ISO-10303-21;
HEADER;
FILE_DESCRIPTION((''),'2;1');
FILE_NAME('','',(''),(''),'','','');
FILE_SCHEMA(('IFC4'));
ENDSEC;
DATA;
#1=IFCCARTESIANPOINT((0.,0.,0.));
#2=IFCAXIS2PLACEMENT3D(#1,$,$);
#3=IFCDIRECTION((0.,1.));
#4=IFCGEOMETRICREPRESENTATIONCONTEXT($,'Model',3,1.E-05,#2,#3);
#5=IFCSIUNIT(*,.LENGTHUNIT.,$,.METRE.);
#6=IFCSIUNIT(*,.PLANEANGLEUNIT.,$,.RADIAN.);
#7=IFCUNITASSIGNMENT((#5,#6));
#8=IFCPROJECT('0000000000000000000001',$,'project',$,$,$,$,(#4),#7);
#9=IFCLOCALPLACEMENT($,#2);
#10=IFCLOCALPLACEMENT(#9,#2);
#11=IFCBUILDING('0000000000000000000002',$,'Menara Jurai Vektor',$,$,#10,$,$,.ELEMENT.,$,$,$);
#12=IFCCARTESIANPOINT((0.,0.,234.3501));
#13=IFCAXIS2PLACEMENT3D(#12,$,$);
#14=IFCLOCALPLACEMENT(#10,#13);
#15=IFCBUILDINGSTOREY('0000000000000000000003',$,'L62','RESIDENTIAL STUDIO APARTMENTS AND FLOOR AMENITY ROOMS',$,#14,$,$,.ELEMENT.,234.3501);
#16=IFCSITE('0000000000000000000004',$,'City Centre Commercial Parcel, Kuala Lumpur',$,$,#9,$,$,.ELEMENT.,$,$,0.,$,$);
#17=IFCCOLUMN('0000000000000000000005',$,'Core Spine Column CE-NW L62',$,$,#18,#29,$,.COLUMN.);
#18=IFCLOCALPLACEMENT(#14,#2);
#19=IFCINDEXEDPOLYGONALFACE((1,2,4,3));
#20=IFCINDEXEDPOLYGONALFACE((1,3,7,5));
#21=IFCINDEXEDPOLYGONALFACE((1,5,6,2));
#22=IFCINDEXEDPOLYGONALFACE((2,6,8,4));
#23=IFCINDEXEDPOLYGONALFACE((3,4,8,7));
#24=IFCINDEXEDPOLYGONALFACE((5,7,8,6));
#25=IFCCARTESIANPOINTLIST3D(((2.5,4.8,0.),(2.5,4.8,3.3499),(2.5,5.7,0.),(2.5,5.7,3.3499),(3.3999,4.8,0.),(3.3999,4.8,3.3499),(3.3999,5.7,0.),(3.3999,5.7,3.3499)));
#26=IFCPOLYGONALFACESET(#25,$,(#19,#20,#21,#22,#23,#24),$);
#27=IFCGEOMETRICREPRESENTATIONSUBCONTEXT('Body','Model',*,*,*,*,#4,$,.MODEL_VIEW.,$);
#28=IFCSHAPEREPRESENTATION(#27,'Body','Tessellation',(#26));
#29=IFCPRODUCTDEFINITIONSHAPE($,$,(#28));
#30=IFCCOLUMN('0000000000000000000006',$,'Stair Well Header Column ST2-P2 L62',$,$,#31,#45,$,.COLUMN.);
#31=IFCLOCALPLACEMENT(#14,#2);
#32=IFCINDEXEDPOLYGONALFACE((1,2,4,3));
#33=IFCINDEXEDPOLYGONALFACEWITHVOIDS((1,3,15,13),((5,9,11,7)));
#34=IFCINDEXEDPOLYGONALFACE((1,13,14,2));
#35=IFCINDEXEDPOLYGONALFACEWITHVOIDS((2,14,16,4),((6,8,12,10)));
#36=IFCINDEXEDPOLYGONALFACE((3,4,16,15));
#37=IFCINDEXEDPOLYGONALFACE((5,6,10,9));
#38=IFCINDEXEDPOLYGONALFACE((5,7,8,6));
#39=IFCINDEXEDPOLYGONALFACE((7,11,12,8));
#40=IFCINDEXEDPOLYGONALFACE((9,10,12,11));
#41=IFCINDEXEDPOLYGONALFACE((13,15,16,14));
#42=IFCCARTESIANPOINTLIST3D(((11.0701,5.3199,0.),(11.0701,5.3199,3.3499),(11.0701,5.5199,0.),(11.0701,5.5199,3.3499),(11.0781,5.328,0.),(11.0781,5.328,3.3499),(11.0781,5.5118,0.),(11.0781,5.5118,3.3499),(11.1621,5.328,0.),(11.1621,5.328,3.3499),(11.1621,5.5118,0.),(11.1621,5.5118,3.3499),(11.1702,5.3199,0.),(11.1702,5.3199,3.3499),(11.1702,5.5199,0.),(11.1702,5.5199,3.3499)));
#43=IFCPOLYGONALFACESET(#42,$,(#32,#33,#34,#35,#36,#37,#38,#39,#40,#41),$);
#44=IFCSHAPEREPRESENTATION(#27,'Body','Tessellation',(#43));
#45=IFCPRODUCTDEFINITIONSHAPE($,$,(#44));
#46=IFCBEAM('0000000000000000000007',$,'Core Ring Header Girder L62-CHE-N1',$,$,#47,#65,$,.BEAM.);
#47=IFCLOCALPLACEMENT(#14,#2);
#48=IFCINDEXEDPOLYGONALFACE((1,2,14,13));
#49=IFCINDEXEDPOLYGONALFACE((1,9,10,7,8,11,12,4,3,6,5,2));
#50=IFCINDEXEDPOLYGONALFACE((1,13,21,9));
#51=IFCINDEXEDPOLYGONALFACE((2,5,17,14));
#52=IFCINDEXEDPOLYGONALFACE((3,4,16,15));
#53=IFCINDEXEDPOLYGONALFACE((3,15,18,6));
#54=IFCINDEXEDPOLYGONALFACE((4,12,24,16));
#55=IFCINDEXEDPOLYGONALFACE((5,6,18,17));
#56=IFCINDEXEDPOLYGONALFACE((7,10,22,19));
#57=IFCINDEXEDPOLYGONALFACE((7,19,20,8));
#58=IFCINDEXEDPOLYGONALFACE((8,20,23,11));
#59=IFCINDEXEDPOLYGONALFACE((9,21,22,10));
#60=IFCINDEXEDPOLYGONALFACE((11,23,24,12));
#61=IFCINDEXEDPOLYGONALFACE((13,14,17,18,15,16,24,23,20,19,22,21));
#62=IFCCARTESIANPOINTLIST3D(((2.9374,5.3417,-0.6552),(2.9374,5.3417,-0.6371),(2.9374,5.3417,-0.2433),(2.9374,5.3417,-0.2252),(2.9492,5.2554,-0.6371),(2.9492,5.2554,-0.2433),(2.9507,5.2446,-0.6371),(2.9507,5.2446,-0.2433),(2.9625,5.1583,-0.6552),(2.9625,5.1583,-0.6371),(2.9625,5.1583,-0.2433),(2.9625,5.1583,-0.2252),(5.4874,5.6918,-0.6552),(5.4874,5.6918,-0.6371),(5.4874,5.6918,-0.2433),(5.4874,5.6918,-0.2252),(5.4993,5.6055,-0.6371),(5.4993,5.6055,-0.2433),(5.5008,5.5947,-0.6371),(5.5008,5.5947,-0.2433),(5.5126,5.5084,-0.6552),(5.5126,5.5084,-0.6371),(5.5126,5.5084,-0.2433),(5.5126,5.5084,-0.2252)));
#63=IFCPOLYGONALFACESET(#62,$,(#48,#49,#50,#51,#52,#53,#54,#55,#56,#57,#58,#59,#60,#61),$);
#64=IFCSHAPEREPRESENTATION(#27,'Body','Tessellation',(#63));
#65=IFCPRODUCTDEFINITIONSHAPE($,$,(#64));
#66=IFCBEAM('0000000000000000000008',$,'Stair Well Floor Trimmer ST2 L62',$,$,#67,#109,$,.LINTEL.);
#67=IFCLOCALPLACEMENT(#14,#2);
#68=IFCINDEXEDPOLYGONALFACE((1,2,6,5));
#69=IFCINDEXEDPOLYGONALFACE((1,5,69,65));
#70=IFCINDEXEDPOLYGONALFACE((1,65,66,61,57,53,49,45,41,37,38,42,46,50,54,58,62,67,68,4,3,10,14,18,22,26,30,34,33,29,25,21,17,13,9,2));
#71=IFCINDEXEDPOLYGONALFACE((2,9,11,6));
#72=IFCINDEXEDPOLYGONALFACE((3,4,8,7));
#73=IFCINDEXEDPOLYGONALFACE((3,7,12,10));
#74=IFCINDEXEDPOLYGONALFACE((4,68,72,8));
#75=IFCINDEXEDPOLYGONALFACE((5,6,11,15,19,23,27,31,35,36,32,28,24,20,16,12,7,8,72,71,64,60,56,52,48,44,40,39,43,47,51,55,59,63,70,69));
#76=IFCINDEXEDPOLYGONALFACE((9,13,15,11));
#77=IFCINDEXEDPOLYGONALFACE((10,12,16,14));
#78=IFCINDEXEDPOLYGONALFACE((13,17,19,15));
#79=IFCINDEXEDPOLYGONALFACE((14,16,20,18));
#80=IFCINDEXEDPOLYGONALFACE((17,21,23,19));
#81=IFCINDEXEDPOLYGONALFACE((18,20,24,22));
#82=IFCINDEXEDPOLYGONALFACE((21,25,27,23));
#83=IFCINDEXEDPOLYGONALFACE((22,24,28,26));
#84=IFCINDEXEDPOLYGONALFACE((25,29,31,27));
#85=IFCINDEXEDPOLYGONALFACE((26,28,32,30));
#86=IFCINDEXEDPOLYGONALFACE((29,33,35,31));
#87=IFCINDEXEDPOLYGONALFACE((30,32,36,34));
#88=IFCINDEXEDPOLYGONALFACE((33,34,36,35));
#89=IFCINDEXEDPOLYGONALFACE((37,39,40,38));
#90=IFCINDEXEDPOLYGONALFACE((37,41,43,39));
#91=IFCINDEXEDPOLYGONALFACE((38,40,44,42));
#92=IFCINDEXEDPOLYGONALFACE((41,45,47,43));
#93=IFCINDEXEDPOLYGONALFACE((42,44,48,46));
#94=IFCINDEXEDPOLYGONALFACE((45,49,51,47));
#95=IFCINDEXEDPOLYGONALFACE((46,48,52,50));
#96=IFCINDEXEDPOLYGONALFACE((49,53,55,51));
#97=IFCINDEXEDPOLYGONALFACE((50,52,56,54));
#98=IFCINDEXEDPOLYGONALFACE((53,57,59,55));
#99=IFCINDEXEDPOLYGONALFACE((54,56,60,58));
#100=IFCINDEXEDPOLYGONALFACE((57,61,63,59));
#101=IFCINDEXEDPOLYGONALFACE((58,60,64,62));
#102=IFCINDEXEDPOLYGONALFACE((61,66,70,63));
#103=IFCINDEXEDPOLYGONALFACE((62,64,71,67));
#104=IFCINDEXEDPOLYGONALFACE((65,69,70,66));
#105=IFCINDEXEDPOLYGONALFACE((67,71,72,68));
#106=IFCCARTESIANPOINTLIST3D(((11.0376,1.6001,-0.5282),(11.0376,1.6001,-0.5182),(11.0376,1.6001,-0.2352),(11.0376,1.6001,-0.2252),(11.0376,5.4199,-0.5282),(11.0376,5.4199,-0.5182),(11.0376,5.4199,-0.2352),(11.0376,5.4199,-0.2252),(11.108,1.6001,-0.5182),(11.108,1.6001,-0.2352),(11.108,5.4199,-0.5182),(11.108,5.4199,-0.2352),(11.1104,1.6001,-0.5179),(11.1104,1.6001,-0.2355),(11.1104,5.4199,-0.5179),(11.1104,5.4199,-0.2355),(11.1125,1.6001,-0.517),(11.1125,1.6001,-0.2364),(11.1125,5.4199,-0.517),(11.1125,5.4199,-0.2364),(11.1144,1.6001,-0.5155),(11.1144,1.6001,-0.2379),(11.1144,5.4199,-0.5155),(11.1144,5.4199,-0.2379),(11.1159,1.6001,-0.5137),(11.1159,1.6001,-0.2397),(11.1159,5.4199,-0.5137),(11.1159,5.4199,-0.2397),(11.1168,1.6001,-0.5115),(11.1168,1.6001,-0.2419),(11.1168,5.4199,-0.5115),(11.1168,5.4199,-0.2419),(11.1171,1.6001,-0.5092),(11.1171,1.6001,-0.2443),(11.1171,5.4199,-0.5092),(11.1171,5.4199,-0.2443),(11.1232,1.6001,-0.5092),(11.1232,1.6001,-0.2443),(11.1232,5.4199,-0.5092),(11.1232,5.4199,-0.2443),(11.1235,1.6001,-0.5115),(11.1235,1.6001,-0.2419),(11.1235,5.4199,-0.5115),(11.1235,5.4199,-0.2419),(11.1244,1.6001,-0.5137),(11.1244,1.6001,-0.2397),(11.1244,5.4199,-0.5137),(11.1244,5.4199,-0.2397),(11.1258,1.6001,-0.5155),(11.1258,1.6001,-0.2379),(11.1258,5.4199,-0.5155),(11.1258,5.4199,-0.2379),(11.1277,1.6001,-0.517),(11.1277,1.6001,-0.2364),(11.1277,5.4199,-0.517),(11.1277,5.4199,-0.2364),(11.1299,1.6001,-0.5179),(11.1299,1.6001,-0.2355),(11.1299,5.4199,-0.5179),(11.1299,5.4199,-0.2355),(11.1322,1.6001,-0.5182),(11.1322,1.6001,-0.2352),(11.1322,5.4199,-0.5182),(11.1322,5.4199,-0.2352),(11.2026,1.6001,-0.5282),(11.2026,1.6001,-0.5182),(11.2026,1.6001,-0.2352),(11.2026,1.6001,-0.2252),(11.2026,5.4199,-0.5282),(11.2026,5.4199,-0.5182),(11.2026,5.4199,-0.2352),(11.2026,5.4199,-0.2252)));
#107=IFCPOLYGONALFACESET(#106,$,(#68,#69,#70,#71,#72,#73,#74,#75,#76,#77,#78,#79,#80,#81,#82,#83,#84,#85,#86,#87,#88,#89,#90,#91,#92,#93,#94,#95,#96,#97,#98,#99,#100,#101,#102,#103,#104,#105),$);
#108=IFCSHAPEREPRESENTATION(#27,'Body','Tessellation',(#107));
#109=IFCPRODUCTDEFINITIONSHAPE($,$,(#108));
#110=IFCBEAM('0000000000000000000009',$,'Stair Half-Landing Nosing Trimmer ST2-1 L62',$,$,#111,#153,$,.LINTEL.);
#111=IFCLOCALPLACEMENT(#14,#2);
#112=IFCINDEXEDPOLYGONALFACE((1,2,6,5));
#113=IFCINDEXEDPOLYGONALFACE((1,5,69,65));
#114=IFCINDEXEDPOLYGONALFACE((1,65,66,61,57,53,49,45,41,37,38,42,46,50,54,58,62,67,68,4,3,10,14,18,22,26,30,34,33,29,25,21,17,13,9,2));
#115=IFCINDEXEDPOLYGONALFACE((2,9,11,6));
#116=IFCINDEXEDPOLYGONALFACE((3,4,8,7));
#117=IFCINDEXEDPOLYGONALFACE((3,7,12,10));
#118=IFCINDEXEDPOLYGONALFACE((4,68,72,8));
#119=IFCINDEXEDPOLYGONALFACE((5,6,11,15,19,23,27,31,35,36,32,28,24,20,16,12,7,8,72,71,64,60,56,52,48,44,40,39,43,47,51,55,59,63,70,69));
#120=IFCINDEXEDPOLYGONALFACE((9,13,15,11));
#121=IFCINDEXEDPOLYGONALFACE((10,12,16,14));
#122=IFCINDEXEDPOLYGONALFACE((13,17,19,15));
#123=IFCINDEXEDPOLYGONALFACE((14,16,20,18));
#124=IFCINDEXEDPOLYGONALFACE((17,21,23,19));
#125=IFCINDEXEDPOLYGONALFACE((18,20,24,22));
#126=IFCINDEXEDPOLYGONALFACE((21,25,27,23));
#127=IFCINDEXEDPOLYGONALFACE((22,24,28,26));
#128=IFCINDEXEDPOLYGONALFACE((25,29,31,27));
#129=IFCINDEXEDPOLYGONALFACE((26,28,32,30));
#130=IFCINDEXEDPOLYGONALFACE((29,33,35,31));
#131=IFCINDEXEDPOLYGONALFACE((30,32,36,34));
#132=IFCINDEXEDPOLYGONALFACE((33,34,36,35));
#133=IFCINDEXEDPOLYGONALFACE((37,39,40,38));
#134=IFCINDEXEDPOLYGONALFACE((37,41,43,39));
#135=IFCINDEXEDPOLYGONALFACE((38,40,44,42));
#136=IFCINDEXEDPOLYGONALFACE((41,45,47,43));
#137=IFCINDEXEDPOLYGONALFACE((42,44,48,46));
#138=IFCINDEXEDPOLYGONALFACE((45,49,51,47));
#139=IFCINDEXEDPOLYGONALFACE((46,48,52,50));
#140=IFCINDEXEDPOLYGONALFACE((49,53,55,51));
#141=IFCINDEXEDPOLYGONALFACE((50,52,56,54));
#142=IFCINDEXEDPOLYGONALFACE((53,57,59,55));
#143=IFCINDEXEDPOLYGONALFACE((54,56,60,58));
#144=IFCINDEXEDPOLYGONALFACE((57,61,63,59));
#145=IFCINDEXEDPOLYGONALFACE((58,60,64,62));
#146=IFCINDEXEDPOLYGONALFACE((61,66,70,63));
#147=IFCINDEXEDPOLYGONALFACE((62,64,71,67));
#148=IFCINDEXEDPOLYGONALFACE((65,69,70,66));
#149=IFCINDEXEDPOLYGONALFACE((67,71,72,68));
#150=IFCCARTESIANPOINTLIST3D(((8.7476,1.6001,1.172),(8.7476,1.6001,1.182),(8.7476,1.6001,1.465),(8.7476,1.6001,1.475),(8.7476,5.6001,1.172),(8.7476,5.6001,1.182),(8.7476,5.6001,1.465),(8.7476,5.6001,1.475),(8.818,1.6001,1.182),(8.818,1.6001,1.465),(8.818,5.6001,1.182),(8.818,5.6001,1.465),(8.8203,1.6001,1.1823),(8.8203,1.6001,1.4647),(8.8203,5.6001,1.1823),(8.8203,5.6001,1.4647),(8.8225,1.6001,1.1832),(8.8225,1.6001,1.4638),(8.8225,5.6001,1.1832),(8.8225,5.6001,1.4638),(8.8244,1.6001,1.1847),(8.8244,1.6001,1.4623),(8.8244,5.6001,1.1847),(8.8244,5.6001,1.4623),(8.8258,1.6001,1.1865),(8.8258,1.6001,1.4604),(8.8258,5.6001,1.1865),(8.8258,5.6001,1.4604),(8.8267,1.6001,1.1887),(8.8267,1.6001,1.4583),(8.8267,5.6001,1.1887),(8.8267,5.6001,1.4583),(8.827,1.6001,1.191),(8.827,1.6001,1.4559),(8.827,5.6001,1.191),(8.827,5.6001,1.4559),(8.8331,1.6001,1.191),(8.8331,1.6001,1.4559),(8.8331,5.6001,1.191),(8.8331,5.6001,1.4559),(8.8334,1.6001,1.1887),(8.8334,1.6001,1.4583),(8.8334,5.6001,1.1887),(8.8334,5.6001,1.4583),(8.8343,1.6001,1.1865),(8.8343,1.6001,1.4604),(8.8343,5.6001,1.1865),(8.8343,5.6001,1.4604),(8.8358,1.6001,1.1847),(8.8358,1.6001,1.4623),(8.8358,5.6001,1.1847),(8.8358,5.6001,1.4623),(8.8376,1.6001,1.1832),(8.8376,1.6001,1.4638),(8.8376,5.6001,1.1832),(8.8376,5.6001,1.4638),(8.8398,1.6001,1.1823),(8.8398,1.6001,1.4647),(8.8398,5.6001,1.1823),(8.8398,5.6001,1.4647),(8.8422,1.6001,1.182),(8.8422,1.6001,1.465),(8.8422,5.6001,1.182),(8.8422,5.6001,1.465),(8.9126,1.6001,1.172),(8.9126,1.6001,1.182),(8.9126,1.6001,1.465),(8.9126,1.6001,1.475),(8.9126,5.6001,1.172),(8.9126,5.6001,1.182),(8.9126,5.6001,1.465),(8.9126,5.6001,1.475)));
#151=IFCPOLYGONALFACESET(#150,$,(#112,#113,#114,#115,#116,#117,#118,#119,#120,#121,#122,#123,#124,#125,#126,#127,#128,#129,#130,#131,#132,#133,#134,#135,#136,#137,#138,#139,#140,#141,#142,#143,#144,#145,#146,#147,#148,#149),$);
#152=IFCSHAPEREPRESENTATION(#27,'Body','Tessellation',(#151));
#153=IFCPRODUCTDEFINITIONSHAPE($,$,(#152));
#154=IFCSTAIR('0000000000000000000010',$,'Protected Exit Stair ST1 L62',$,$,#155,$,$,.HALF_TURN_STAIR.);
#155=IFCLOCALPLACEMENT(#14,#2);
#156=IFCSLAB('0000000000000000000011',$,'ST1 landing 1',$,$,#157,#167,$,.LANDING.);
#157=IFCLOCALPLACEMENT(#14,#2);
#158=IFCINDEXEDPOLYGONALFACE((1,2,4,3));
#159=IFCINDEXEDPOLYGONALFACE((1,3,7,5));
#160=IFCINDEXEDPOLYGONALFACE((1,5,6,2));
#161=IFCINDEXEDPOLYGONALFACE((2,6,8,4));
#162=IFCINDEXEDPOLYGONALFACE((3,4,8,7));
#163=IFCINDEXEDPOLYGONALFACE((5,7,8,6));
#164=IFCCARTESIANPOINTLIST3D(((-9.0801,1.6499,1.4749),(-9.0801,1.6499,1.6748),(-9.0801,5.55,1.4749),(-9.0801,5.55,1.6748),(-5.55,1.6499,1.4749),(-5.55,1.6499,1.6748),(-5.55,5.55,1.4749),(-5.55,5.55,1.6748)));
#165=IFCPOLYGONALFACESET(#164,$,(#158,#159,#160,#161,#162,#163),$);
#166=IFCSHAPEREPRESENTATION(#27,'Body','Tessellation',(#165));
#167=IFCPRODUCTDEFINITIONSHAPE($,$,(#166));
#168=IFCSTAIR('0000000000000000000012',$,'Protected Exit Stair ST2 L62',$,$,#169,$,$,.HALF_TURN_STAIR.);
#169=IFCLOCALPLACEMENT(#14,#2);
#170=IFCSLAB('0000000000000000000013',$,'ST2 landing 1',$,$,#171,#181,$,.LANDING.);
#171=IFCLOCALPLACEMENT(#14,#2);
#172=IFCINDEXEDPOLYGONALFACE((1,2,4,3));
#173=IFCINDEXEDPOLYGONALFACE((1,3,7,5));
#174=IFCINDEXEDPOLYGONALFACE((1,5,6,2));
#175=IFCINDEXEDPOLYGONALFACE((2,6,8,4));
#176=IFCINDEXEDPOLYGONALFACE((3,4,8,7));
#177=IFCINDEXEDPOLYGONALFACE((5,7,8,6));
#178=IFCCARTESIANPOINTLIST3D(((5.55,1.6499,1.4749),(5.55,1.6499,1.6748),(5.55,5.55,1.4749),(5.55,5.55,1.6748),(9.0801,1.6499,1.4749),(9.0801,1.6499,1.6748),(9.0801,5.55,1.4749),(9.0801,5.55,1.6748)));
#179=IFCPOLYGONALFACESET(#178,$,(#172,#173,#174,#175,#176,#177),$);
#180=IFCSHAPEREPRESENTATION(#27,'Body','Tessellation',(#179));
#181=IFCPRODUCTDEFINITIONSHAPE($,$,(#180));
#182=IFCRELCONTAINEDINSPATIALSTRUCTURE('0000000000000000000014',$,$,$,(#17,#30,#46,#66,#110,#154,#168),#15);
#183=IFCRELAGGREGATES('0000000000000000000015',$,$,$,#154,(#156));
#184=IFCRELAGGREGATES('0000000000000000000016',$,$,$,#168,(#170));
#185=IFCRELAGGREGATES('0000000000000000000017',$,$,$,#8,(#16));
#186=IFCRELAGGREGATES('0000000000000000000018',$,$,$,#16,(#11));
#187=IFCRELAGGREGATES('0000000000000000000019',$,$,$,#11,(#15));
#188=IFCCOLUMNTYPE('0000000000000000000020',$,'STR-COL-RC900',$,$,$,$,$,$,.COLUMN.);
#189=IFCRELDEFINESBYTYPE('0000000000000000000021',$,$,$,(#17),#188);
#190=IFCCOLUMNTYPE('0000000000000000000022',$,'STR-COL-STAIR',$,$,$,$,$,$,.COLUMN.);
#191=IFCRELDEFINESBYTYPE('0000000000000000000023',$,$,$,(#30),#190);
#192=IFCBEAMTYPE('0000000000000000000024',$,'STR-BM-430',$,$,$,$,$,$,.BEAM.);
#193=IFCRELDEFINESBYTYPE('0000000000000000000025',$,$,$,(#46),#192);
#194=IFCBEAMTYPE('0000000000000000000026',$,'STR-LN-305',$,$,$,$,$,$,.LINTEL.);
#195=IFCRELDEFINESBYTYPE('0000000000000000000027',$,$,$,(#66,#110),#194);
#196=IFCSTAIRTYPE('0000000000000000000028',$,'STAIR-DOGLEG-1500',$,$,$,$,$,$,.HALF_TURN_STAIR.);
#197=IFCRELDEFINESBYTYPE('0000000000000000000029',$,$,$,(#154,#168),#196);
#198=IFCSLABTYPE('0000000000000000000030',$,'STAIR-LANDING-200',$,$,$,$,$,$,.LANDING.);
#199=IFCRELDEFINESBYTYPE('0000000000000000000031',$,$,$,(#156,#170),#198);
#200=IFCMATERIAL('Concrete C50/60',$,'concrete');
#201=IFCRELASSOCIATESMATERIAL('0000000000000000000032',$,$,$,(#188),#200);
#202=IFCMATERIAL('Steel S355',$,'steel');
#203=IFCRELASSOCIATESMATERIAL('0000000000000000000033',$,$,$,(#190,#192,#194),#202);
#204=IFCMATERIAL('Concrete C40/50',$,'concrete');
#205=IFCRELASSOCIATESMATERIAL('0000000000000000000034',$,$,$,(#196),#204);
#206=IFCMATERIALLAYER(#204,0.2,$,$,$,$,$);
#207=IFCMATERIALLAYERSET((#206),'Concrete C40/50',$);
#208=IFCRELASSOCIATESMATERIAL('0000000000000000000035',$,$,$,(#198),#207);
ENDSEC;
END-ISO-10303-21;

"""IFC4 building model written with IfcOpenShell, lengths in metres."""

from ifc_helpers import new_model, si_unit, direction, frame, origin, origin_2d, place, context, subcontext, project, spatial, polyline, rectangle, hollow_rectangle, i_section, outline, extrude, material, layer, layer_set, material_profile, profile_set, type_object, element, aggregate, save


model = new_model("IFC4")

# Units and contexts
model_context = context("Model", 3, precision=1e-05, world=origin(), true_north=direction((0.0, 1.0)))
body_context = subcontext(model_context, "Body", "Model", "MODEL_VIEW")
ifc_project = project(units=[si_unit("LENGTHUNIT", "METRE"), si_unit("PLANEANGLEUNIT", "RADIAN")], contexts=[model_context])

# Site, building, storey
site_placement = place(None, origin())
site = spatial("IfcSite", under=ifc_project, at=site_placement, Name="City Centre Commercial Parcel, Kuala Lumpur", CompositionType="ELEMENT", RefElevation=0.0)
building_placement = place(site_placement, origin())
building = spatial("IfcBuilding", under=site, at=building_placement, Name="Menara Jurai Vektor", CompositionType="ELEMENT")
storey_placement = place(building_placement, frame((0.0, 0.0, 234.3501)))
storey = spatial("IfcBuildingStorey", under=building, at=storey_placement, Name="L62", Description="RESIDENTIAL STUDIO APARTMENTS AND FLOOR AMENITY ROOMS", CompositionType="ELEMENT", Elevation=234.3501)

# Columns
ifc_material_1 = material(Name="Concrete C50/60", Category="concrete")
ifc_material_profile_1 = material_profile(ifc_material_1, rectangle(XDim=0.8999, YDim=0.8999, at=origin_2d()), Name="RC 900x900")
ifc_profile_set_1 = profile_set([ifc_material_profile_1], Name="Concrete C50/60")
column_type_1 = type_object("IfcColumnType", Name="STR-COL-RC900", PredefinedType="COLUMN", material=ifc_profile_set_1)
column_1_placement = place(storey_placement, frame((2.95, 5.25, 0.0), z_axis=(0.0, 0.0, 1.0), x_axis=(1.0, 0.0, 0.0)))
element("IfcColumn", 1, at=column_1_placement, inside=storey, type_object=column_type_1, Name="Core Spine Column CE-NW L62", PredefinedType="COLUMN", context=body_context, shape_type="SweptSolid", body=[
    extrude(rectangle(XDim=0.8999, YDim=0.8999, at=origin_2d()), origin(), (0.0, 0.0, 1.0), 3.3499),
])
ifc_material_2 = material(Name="Steel S355", Category="steel")
ifc_material_profile_2 = material_profile(ifc_material_2, hollow_rectangle(XDim=0.1001, YDim=0.2, WallThickness=0.0081, at=origin_2d()), Name="RHS 200x100x8")
ifc_profile_set_2 = profile_set([ifc_material_profile_2], Name="Steel S355")
column_type_2 = type_object("IfcColumnType", Name="STR-COL-STAIR", PredefinedType="COLUMN", material=ifc_profile_set_2)
column_2_placement = place(storey_placement, frame((11.1201, 5.4199, 0.0), z_axis=(0.0, 0.0, 1.0), x_axis=(1.0, 0.0, 0.0)))
element("IfcColumn", 2, at=column_2_placement, inside=storey, type_object=column_type_2, Name="Stair Well Header Column ST2-P2 L62", PredefinedType="COLUMN", context=body_context, shape_type="SweptSolid", body=[
    extrude(hollow_rectangle(XDim=0.1001, YDim=0.2, WallThickness=0.0081, at=origin_2d()), origin(), (0.0, 0.0, 1.0), 3.3499),
])

# Beams
ifc_material_profile_3 = material_profile(ifc_material_2, i_section(OverallWidth=0.1851, OverallDepth=0.4299, WebThickness=0.011, FlangeThickness=0.0181, at=origin_2d()), Name="PG 430x185x76")
ifc_profile_set_3 = profile_set([ifc_material_profile_3], Name="Steel S355")
beam_type_1 = type_object("IfcBeamType", Name="STR-BM-430", PredefinedType="BEAM", material=ifc_profile_set_3)
beam_1_placement = place(storey_placement, frame((2.95, 5.25, -0.4402), z_axis=(0.990707, 0.136015, 0.0), x_axis=(-0.136015, 0.990707, 0.0)))
element("IfcBeam", 3, at=beam_1_placement, inside=storey, type_object=beam_type_1, Name="Core Ring Header Girder L62-CHE-N1", PredefinedType="BEAM", context=body_context, shape_type="SweptSolid", body=[
    extrude(i_section(OverallWidth=0.1851, OverallDepth=0.4299, WebThickness=0.011, FlangeThickness=0.0181, at=origin_2d()), origin(), (0.0, 0.0, 1.0), 2.574),
])
ifc_material_profile_4 = material_profile(ifc_material_2, i_section(OverallWidth=0.165, OverallDepth=0.303, WebThickness=0.0061, FlangeThickness=0.01, FilletRadius=0.009, at=origin_2d()), Name="UKB 305x165x40")
ifc_profile_set_4 = profile_set([ifc_material_profile_4], Name="Steel S355")
beam_type_2 = type_object("IfcBeamType", Name="STR-LN-305", PredefinedType="LINTEL", material=ifc_profile_set_4)
beam_2_placement = place(storey_placement, frame((11.1201, 1.6001, -0.3767), z_axis=(0.0, 1.0, 0.0), x_axis=(-1.0, 0.0, 0.0)))
element("IfcBeam", 4, at=beam_2_placement, inside=storey, type_object=beam_type_2, Name="Stair Well Floor Trimmer ST2 L62", PredefinedType="LINTEL", context=body_context, shape_type="SweptSolid", body=[
    extrude(i_section(OverallWidth=0.165, OverallDepth=0.303, WebThickness=0.0061, FlangeThickness=0.01, FilletRadius=0.009, at=origin_2d()), origin(), (0.0, 0.0, 1.0), 3.8198),
])
beam_3_placement = place(storey_placement, frame((8.8301, 1.6001, 1.3235), z_axis=(0.0, 1.0, 0.0), x_axis=(-1.0, 0.0, 0.0)))
element("IfcBeam", 5, at=beam_3_placement, inside=storey, type_object=beam_type_2, Name="Stair Half-Landing Nosing Trimmer ST2-1 L62", PredefinedType="LINTEL", context=body_context, shape_type="SweptSolid", body=[
    extrude(i_section(OverallWidth=0.165, OverallDepth=0.303, WebThickness=0.0061, FlangeThickness=0.01, FilletRadius=0.009, at=origin_2d()), origin(), (0.0, 0.0, 1.0), 4.0),
])

# Stairs, slabs
ifc_material_3 = material(Name="Concrete C40/50", Category="concrete")
stair_type = type_object("IfcStairType", Name="STAIR-DOGLEG-1500", PredefinedType="HALF_TURN_STAIR", material=ifc_material_3)
stair_1_placement = place(storey_placement, origin())
stair_1 = element("IfcStair", 6, at=stair_1_placement, inside=storey, type_object=stair_type, Name="Protected Exit Stair ST1 L62", PredefinedType="HALF_TURN_STAIR")
ifc_layer_1 = layer(ifc_material_3, 0.2)
ifc_layer_set_1 = layer_set([ifc_layer_1], Name="Concrete C40/50")
slab_type = type_object("IfcSlabType", Name="STAIR-LANDING-200", PredefinedType="LANDING", material=ifc_layer_set_1)
slab_1_placement = place(storey_placement, frame((0.0, 0.0, 1.4749)))
slab_1 = element("IfcSlab", 7, at=slab_1_placement, type_object=slab_type, Name="ST1 landing 1", PredefinedType="LANDING", context=body_context, shape_type="SweptSolid", body=[
    extrude(outline(polyline([(-9.0801, 1.6499), (-5.55, 1.6499), (-5.55, 5.55), (-9.0801, 5.55), (-9.0801, 1.6499)])), origin(), (0.0, 0.0, 1.0), 0.2),
])
aggregate(stair_1, [slab_1])
stair_2_placement = place(storey_placement, origin())
stair_2 = element("IfcStair", 8, at=stair_2_placement, inside=storey, type_object=stair_type, Name="Protected Exit Stair ST2 L62", PredefinedType="HALF_TURN_STAIR")
slab_2_placement = place(storey_placement, frame((0.0, 0.0, 1.4749)))
slab_2 = element("IfcSlab", 9, at=slab_2_placement, type_object=slab_type, Name="ST2 landing 1", PredefinedType="LANDING", context=body_context, shape_type="SweptSolid", body=[
    extrude(outline(polyline([(5.55, 1.6499), (9.0801, 1.6499), (9.0801, 5.55), (5.55, 5.55), (5.55, 1.6499)])), origin(), (0.0, 0.0, 1.0), 0.2),
])

aggregate(stair_2, [slab_2])

save(model, "model.ifc")
